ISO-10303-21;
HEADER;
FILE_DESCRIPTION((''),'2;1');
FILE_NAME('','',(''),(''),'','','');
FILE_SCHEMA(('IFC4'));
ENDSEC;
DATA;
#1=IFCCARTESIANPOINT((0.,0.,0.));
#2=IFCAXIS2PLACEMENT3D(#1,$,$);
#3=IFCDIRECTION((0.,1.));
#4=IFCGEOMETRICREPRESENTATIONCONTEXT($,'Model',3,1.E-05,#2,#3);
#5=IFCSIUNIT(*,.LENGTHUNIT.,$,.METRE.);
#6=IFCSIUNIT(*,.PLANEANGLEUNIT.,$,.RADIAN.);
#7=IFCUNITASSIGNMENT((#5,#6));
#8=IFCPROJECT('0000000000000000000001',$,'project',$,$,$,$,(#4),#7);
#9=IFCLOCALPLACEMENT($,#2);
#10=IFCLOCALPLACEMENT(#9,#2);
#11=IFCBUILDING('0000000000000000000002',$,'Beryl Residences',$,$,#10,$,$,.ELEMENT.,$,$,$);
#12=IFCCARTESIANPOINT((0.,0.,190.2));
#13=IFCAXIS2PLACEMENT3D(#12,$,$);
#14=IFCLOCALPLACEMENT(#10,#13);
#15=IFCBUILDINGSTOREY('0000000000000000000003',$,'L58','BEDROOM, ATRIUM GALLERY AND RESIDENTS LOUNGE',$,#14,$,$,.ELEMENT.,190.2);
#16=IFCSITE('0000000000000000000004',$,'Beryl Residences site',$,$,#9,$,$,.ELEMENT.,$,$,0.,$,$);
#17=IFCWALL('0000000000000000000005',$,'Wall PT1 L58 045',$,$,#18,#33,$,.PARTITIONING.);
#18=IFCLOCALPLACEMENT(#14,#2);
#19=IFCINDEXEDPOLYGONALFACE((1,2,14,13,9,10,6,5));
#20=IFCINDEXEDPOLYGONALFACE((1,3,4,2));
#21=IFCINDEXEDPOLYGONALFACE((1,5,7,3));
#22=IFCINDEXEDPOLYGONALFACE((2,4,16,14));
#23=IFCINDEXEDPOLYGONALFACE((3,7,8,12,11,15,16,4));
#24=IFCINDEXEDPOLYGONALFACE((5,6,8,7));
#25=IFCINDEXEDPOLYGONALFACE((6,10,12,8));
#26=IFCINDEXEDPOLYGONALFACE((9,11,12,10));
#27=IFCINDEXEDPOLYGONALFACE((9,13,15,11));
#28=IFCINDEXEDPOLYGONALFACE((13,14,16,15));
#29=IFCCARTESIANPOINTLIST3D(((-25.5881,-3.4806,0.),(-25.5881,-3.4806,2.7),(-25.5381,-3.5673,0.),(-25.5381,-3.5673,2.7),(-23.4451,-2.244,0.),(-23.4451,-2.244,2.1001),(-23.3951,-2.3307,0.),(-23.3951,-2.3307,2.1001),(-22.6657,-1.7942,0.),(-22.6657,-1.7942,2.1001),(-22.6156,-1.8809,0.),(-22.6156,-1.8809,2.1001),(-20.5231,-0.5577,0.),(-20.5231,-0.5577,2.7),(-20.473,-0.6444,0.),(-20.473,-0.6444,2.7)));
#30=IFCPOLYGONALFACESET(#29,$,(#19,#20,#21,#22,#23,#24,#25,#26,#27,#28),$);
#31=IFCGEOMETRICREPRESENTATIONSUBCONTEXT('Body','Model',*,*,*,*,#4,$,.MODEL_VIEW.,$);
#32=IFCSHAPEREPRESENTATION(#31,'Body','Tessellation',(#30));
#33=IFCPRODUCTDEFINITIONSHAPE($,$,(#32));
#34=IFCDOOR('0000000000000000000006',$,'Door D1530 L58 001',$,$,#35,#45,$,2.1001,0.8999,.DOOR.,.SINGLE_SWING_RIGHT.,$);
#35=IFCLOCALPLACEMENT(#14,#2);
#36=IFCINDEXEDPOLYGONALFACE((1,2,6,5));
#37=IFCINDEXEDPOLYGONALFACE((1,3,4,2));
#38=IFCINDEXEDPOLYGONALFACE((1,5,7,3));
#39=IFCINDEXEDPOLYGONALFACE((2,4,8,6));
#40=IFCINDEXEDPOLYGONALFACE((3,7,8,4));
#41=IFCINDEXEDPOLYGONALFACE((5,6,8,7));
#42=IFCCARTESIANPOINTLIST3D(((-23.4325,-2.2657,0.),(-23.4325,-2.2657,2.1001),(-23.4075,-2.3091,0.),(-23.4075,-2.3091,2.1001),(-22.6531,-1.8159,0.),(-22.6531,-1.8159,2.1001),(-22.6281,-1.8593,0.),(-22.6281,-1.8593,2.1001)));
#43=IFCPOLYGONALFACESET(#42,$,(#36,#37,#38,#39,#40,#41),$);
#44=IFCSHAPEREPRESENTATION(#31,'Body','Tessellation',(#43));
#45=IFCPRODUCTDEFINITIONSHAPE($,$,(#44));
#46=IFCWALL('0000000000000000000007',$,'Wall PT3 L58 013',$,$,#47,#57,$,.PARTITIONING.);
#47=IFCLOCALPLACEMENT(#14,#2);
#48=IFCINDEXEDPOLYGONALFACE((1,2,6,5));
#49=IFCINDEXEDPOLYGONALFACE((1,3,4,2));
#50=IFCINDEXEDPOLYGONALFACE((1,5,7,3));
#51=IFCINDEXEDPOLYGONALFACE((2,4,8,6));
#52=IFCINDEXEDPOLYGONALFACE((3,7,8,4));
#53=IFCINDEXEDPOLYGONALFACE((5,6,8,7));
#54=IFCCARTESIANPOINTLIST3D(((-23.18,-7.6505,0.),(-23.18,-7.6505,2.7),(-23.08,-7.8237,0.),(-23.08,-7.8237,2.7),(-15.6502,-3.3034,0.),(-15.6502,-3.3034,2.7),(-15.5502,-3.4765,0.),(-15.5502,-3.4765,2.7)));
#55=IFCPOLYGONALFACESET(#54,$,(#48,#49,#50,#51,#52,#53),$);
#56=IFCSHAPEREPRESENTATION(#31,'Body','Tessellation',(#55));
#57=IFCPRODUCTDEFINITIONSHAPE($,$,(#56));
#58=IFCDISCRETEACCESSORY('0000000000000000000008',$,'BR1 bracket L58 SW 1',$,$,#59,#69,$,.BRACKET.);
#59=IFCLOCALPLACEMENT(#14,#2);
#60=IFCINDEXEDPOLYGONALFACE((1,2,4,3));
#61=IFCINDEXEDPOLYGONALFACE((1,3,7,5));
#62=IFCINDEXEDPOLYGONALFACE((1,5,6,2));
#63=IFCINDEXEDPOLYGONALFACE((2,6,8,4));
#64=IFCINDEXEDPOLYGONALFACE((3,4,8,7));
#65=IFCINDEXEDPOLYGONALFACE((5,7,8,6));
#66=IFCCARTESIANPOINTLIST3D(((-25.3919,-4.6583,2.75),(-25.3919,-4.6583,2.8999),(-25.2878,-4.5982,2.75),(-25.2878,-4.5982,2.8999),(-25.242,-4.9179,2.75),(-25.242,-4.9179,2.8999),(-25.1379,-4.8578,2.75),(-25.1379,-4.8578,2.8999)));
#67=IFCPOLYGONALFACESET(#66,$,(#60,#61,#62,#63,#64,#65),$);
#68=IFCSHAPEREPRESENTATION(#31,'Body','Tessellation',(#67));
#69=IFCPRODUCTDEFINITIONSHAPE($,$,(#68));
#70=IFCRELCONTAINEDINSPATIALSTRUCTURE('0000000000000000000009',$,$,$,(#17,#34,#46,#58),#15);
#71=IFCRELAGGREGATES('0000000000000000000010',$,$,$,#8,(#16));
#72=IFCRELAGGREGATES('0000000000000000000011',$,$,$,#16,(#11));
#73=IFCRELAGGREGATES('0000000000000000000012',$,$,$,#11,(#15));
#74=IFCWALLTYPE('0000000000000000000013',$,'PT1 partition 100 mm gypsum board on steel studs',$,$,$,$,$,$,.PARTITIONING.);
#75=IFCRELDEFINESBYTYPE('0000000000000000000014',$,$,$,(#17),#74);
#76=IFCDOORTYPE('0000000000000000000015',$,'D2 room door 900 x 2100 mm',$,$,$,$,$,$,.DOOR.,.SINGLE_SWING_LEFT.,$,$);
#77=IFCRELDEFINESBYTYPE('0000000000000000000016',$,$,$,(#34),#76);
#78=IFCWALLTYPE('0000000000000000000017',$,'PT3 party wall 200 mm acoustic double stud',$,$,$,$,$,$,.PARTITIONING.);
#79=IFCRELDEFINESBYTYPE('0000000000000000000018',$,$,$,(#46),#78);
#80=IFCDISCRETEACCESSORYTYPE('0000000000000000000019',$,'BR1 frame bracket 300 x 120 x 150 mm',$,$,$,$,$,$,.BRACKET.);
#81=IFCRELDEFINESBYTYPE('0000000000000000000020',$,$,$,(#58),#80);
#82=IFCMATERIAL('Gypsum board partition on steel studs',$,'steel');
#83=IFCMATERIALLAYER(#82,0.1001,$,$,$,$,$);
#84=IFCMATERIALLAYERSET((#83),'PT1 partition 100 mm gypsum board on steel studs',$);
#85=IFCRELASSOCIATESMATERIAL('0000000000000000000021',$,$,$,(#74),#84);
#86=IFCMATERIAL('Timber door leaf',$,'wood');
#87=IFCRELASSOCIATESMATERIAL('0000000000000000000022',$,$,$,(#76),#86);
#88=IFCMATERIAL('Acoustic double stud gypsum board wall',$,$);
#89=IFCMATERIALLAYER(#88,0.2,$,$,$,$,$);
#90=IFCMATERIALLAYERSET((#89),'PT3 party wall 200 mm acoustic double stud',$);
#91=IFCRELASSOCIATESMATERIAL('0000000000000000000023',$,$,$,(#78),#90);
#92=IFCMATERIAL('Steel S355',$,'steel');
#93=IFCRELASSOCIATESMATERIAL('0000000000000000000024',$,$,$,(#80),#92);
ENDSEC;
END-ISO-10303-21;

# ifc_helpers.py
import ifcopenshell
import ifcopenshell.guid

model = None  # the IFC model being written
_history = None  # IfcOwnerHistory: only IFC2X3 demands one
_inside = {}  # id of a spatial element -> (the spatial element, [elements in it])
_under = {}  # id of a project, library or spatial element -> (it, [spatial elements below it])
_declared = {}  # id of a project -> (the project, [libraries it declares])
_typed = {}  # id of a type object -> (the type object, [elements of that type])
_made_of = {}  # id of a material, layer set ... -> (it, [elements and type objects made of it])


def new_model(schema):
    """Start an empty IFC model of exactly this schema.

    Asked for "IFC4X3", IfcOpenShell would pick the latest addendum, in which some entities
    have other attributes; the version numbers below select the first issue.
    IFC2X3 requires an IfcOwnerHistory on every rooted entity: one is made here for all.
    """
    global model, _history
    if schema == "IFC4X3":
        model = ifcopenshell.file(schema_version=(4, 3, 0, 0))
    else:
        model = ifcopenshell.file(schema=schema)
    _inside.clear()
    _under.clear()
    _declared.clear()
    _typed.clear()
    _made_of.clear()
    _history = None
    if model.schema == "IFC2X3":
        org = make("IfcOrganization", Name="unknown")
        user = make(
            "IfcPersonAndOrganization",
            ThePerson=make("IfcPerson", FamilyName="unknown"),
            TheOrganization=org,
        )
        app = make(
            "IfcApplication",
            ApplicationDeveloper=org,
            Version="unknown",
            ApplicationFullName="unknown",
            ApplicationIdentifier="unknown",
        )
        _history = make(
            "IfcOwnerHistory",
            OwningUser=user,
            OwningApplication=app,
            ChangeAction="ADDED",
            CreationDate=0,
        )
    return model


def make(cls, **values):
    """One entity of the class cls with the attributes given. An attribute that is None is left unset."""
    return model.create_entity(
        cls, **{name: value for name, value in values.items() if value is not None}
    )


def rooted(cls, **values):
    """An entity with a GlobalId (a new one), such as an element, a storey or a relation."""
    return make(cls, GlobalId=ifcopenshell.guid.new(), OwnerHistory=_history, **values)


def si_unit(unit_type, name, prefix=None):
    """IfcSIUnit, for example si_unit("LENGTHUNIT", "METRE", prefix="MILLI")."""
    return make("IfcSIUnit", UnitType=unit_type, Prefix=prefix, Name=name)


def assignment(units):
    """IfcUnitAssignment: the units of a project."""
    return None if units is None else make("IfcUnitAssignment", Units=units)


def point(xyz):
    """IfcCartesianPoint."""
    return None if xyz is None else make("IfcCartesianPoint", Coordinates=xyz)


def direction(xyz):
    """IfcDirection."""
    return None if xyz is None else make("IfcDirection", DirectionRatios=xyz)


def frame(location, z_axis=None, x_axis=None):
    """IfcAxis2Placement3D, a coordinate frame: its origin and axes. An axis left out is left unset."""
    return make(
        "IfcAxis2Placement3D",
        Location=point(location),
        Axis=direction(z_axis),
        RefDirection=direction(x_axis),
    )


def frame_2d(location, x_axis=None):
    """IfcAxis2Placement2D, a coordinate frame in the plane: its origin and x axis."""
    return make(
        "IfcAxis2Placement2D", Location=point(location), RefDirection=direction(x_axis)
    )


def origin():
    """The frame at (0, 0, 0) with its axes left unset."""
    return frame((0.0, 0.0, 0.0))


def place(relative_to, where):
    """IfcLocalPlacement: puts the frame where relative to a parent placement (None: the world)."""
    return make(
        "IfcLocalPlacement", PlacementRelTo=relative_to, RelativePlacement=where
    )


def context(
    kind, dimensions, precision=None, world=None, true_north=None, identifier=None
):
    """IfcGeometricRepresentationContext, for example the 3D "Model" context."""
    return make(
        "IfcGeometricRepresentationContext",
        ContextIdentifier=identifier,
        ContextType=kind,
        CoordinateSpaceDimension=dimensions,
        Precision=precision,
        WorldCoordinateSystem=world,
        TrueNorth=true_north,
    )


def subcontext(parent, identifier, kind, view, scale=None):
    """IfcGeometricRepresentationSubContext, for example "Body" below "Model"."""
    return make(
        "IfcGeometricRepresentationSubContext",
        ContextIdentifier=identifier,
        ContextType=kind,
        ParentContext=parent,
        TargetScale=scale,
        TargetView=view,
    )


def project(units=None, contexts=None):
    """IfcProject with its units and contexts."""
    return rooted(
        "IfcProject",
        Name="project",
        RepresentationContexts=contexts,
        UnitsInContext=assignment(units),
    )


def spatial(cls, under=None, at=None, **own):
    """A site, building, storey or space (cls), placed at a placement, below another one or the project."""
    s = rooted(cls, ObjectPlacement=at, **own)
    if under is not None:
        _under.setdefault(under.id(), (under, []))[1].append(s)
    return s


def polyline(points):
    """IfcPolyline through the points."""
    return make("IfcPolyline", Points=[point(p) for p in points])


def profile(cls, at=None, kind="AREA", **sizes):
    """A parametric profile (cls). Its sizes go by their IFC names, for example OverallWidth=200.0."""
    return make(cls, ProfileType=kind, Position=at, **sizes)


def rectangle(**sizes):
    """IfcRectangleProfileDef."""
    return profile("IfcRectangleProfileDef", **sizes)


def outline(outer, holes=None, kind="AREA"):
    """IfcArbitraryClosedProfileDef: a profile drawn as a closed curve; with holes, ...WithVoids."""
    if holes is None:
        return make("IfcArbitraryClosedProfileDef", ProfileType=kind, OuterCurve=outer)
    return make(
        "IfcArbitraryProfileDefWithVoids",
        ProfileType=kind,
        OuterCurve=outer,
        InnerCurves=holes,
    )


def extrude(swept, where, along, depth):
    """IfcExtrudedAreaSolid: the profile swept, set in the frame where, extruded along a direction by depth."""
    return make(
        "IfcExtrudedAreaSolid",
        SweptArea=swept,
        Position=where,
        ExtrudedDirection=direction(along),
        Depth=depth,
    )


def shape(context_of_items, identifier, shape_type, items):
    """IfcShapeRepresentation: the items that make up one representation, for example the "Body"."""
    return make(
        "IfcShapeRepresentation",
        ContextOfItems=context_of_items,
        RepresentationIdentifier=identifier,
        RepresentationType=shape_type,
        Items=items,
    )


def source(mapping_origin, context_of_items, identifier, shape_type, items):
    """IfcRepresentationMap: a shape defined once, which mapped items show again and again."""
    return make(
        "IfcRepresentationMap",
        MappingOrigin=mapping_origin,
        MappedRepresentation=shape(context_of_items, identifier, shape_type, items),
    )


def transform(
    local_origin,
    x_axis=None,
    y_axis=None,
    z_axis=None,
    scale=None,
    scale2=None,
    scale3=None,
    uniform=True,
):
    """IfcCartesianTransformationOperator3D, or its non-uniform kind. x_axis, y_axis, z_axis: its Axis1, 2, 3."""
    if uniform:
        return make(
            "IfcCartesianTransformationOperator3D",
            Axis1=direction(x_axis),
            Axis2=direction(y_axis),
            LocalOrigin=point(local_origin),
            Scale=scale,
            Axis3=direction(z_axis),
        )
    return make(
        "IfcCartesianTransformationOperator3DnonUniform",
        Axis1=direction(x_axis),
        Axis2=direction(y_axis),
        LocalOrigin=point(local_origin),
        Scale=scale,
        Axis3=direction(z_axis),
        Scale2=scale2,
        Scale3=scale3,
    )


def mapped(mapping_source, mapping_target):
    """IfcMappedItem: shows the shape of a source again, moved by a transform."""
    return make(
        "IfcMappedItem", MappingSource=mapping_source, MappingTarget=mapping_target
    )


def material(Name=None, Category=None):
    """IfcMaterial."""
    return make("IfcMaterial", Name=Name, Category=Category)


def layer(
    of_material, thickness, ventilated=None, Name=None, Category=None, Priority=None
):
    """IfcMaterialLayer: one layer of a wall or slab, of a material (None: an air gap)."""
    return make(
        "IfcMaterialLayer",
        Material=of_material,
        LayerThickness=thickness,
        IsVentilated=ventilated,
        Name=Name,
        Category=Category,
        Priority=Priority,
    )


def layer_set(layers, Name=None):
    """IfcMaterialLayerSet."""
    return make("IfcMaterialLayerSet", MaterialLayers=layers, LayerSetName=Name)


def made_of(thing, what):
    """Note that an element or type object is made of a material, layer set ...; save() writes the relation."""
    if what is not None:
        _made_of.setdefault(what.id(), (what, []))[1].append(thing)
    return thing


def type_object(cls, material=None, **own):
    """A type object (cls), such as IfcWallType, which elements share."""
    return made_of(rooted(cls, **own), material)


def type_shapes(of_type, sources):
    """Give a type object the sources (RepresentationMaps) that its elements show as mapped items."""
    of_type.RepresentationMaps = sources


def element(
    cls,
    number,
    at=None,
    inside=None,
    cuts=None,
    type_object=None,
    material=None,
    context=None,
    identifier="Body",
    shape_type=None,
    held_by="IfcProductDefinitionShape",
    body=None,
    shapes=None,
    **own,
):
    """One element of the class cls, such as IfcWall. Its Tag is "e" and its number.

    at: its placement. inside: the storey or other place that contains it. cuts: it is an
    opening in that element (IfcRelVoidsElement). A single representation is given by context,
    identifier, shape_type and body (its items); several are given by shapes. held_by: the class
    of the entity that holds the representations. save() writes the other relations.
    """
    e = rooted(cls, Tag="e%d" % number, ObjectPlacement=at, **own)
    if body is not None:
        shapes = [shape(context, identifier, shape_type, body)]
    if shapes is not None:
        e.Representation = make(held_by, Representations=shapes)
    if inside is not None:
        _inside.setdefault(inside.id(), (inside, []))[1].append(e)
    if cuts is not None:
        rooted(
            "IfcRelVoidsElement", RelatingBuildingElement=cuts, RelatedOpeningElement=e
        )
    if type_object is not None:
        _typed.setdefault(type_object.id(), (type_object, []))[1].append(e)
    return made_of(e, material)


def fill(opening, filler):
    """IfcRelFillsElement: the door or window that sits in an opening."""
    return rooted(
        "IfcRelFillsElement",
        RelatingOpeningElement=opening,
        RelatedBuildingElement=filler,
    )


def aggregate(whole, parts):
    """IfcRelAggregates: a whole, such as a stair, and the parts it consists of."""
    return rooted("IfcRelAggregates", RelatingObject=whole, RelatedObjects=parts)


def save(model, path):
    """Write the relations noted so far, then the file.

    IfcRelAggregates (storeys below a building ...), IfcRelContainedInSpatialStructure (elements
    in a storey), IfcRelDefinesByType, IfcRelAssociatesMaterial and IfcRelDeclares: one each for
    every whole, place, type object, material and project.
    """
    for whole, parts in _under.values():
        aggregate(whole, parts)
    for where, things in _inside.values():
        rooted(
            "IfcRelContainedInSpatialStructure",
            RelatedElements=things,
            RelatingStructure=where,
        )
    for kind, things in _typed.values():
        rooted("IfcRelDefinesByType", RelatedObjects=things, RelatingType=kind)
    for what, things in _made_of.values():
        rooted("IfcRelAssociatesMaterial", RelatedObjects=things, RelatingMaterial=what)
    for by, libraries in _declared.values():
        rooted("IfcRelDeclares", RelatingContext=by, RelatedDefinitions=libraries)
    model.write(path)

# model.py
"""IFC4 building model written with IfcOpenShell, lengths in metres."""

from ifc_helpers import new_model, si_unit, direction, frame, frame_2d, origin, place, context, subcontext, project, spatial, polyline, rectangle, outline, extrude, source, transform, mapped, material, layer, layer_set, type_object, type_shapes, element, fill, save


model = new_model("IFC4")

# Units and contexts
model_context = context("Model", 3, precision=1e-05, world=origin(), true_north=direction((0.0, 1.0)))
body_context = subcontext(model_context, "Body", "Model", "MODEL_VIEW")
ifc_project = project(units=[si_unit("LENGTHUNIT", "METRE"), si_unit("PLANEANGLEUNIT", "RADIAN")], contexts=[model_context])

# Site, building, storey
site_placement = place(None, origin())
site = spatial("IfcSite", under=ifc_project, at=site_placement, Name="Beryl Residences site", CompositionType="ELEMENT", RefElevation=0.0)
building_placement = place(site_placement, origin())
building = spatial("IfcBuilding", under=site, at=building_placement, Name="Beryl Residences", CompositionType="ELEMENT")
storey_placement = place(building_placement, frame((0.0, 0.0, 190.2)))
storey = spatial("IfcBuildingStorey", under=building, at=storey_placement, Name="L58", Description="BEDROOM, ATRIUM GALLERY AND RESIDENTS LOUNGE", CompositionType="ELEMENT", Elevation=190.2)

# Wall, opening, door
ifc_material_1 = material(Name="Gypsum board partition on steel studs", Category="steel")
ifc_layer_1 = layer(ifc_material_1, 0.1001)
ifc_layer_set_1 = layer_set([ifc_layer_1], Name="PT1 partition 100 mm gypsum board on steel studs")
wall_type_1 = type_object("IfcWallType", Name="PT1 partition 100 mm gypsum board on steel studs", PredefinedType="PARTITIONING", material=ifc_layer_set_1)
wall_1_placement = place(storey_placement, frame((-25.563, -3.5239, 0.0), z_axis=(0.0, 0.0, 1.0), x_axis=(0.866129, 0.499821, 0.0)))
wall_1 = element("IfcWall", 1, at=wall_1_placement, inside=storey, type_object=wall_type_1, Name="Wall PT1 L58 045", PredefinedType="PARTITIONING", context=body_context, shape_type="SweptSolid", body=[
    extrude(rectangle(XDim=5.8479, YDim=0.1001, at=frame_2d((2.9238, 0.0))), origin(), (0.0, 0.0, 1.0), 2.7),
])
opening_1_placement = place(wall_1_placement, frame((2.4741, 0.0, 0.0)))
opening_1 = element("IfcOpeningElement", 2, at=opening_1_placement, cuts=wall_1, PredefinedType="OPENING", context=body_context, shape_type="SweptSolid", body=[
    extrude(rectangle(XDim=0.8999, YDim=2.1001, at=frame_2d((0.45, 1.05))), frame((0.0, 0.0601, 0.0), z_axis=(0.0, -1.0, 0.0), x_axis=(1.0, 0.0, 0.0)), (0.0, 0.0, 1.0), 0.1201),
])
ifc_material_2 = material(Name="Timber door leaf", Category="wood")
door_type = type_object("IfcDoorType", Name="D2 room door 900 x 2100 mm", OperationType="SINGLE_SWING_LEFT", PredefinedType="DOOR", material=ifc_material_2)
door_placement = place(opening_1_placement, origin())
door = element("IfcDoor", 3, at=door_placement, inside=storey, type_object=door_type, Name="Door D1530 L58 001", OperationType="SINGLE_SWING_RIGHT", OverallHeight=2.1001, OverallWidth=0.8999, PredefinedType="DOOR", context=body_context, shape_type="SweptSolid", body=[
    extrude(rectangle(XDim=0.8999, YDim=2.1001, at=frame_2d((0.45, 1.05))), frame((0.0, 0.0249, 0.0), z_axis=(0.0, -1.0, 0.0), x_axis=(1.0, 0.0, 0.0)), (0.0, 0.0, 1.0), 0.05),
])
fill(opening_1, door)

# Wall
ifc_material_3 = material(Name="Acoustic double stud gypsum board wall")
ifc_layer_2 = layer(ifc_material_3, 0.2)
ifc_layer_set_2 = layer_set([ifc_layer_2], Name="PT3 party wall 200 mm acoustic double stud")
wall_type_2 = type_object("IfcWallType", Name="PT3 party wall 200 mm acoustic double stud", PredefinedType="PARTITIONING", material=ifc_layer_set_2)
wall_2_placement = place(storey_placement, frame((-23.1299, -7.7371, 0.0), z_axis=(0.0, 0.0, 1.0), x_axis=(0.866033, 0.499987, 0.0)))
element("IfcWall", 4, at=wall_2_placement, inside=storey, type_object=wall_type_2, Name="Wall PT3 L58 013", PredefinedType="PARTITIONING", context=body_context, shape_type="SweptSolid", body=[
    extrude(rectangle(XDim=8.6946, YDim=0.2, at=frame_2d((4.3472, 0.0))), origin(), (0.0, 0.0, 1.0), 2.7),
])

# Discrete accessory
ifc_material_4 = material(Name="Steel S355", Category="steel")
discrete_accessory_type = type_object("IfcDiscreteAccessoryType", Name="BR1 frame bracket 300 x 120 x 150 mm", PredefinedType="BRACKET", material=ifc_material_4)
shared_shape_1 = source(origin(), body_context, "Body", "SweptSolid", [
    extrude(outline(polyline([(-0.1499, 0.0), (0.1499, 0.0), (0.1499, 0.1201), (-0.1499, 0.1201), (-0.1499, 0.0)])), origin(), (0.0, 0.0, 1.0), 0.1499),
])
type_shapes(discrete_accessory_type, [shared_shape_1])
discrete_accessory_placement = place(storey_placement, frame((-25.2129, -4.728, 2.75), z_axis=(0.0, 0.0, 1.0), x_axis=(-0.5, 0.866025, 0.0)))
element("IfcDiscreteAccessory", 5, at=discrete_accessory_placement, inside=storey, type_object=discrete_accessory_type, Name="BR1 bracket L58 SW 1", PredefinedType="BRACKET", context=body_context, shape_type="MappedRepresentation", body=[
    mapped(shared_shape_1, transform((0.0, 0.0, 0.0))),
])

save(model, "model.ifc")
